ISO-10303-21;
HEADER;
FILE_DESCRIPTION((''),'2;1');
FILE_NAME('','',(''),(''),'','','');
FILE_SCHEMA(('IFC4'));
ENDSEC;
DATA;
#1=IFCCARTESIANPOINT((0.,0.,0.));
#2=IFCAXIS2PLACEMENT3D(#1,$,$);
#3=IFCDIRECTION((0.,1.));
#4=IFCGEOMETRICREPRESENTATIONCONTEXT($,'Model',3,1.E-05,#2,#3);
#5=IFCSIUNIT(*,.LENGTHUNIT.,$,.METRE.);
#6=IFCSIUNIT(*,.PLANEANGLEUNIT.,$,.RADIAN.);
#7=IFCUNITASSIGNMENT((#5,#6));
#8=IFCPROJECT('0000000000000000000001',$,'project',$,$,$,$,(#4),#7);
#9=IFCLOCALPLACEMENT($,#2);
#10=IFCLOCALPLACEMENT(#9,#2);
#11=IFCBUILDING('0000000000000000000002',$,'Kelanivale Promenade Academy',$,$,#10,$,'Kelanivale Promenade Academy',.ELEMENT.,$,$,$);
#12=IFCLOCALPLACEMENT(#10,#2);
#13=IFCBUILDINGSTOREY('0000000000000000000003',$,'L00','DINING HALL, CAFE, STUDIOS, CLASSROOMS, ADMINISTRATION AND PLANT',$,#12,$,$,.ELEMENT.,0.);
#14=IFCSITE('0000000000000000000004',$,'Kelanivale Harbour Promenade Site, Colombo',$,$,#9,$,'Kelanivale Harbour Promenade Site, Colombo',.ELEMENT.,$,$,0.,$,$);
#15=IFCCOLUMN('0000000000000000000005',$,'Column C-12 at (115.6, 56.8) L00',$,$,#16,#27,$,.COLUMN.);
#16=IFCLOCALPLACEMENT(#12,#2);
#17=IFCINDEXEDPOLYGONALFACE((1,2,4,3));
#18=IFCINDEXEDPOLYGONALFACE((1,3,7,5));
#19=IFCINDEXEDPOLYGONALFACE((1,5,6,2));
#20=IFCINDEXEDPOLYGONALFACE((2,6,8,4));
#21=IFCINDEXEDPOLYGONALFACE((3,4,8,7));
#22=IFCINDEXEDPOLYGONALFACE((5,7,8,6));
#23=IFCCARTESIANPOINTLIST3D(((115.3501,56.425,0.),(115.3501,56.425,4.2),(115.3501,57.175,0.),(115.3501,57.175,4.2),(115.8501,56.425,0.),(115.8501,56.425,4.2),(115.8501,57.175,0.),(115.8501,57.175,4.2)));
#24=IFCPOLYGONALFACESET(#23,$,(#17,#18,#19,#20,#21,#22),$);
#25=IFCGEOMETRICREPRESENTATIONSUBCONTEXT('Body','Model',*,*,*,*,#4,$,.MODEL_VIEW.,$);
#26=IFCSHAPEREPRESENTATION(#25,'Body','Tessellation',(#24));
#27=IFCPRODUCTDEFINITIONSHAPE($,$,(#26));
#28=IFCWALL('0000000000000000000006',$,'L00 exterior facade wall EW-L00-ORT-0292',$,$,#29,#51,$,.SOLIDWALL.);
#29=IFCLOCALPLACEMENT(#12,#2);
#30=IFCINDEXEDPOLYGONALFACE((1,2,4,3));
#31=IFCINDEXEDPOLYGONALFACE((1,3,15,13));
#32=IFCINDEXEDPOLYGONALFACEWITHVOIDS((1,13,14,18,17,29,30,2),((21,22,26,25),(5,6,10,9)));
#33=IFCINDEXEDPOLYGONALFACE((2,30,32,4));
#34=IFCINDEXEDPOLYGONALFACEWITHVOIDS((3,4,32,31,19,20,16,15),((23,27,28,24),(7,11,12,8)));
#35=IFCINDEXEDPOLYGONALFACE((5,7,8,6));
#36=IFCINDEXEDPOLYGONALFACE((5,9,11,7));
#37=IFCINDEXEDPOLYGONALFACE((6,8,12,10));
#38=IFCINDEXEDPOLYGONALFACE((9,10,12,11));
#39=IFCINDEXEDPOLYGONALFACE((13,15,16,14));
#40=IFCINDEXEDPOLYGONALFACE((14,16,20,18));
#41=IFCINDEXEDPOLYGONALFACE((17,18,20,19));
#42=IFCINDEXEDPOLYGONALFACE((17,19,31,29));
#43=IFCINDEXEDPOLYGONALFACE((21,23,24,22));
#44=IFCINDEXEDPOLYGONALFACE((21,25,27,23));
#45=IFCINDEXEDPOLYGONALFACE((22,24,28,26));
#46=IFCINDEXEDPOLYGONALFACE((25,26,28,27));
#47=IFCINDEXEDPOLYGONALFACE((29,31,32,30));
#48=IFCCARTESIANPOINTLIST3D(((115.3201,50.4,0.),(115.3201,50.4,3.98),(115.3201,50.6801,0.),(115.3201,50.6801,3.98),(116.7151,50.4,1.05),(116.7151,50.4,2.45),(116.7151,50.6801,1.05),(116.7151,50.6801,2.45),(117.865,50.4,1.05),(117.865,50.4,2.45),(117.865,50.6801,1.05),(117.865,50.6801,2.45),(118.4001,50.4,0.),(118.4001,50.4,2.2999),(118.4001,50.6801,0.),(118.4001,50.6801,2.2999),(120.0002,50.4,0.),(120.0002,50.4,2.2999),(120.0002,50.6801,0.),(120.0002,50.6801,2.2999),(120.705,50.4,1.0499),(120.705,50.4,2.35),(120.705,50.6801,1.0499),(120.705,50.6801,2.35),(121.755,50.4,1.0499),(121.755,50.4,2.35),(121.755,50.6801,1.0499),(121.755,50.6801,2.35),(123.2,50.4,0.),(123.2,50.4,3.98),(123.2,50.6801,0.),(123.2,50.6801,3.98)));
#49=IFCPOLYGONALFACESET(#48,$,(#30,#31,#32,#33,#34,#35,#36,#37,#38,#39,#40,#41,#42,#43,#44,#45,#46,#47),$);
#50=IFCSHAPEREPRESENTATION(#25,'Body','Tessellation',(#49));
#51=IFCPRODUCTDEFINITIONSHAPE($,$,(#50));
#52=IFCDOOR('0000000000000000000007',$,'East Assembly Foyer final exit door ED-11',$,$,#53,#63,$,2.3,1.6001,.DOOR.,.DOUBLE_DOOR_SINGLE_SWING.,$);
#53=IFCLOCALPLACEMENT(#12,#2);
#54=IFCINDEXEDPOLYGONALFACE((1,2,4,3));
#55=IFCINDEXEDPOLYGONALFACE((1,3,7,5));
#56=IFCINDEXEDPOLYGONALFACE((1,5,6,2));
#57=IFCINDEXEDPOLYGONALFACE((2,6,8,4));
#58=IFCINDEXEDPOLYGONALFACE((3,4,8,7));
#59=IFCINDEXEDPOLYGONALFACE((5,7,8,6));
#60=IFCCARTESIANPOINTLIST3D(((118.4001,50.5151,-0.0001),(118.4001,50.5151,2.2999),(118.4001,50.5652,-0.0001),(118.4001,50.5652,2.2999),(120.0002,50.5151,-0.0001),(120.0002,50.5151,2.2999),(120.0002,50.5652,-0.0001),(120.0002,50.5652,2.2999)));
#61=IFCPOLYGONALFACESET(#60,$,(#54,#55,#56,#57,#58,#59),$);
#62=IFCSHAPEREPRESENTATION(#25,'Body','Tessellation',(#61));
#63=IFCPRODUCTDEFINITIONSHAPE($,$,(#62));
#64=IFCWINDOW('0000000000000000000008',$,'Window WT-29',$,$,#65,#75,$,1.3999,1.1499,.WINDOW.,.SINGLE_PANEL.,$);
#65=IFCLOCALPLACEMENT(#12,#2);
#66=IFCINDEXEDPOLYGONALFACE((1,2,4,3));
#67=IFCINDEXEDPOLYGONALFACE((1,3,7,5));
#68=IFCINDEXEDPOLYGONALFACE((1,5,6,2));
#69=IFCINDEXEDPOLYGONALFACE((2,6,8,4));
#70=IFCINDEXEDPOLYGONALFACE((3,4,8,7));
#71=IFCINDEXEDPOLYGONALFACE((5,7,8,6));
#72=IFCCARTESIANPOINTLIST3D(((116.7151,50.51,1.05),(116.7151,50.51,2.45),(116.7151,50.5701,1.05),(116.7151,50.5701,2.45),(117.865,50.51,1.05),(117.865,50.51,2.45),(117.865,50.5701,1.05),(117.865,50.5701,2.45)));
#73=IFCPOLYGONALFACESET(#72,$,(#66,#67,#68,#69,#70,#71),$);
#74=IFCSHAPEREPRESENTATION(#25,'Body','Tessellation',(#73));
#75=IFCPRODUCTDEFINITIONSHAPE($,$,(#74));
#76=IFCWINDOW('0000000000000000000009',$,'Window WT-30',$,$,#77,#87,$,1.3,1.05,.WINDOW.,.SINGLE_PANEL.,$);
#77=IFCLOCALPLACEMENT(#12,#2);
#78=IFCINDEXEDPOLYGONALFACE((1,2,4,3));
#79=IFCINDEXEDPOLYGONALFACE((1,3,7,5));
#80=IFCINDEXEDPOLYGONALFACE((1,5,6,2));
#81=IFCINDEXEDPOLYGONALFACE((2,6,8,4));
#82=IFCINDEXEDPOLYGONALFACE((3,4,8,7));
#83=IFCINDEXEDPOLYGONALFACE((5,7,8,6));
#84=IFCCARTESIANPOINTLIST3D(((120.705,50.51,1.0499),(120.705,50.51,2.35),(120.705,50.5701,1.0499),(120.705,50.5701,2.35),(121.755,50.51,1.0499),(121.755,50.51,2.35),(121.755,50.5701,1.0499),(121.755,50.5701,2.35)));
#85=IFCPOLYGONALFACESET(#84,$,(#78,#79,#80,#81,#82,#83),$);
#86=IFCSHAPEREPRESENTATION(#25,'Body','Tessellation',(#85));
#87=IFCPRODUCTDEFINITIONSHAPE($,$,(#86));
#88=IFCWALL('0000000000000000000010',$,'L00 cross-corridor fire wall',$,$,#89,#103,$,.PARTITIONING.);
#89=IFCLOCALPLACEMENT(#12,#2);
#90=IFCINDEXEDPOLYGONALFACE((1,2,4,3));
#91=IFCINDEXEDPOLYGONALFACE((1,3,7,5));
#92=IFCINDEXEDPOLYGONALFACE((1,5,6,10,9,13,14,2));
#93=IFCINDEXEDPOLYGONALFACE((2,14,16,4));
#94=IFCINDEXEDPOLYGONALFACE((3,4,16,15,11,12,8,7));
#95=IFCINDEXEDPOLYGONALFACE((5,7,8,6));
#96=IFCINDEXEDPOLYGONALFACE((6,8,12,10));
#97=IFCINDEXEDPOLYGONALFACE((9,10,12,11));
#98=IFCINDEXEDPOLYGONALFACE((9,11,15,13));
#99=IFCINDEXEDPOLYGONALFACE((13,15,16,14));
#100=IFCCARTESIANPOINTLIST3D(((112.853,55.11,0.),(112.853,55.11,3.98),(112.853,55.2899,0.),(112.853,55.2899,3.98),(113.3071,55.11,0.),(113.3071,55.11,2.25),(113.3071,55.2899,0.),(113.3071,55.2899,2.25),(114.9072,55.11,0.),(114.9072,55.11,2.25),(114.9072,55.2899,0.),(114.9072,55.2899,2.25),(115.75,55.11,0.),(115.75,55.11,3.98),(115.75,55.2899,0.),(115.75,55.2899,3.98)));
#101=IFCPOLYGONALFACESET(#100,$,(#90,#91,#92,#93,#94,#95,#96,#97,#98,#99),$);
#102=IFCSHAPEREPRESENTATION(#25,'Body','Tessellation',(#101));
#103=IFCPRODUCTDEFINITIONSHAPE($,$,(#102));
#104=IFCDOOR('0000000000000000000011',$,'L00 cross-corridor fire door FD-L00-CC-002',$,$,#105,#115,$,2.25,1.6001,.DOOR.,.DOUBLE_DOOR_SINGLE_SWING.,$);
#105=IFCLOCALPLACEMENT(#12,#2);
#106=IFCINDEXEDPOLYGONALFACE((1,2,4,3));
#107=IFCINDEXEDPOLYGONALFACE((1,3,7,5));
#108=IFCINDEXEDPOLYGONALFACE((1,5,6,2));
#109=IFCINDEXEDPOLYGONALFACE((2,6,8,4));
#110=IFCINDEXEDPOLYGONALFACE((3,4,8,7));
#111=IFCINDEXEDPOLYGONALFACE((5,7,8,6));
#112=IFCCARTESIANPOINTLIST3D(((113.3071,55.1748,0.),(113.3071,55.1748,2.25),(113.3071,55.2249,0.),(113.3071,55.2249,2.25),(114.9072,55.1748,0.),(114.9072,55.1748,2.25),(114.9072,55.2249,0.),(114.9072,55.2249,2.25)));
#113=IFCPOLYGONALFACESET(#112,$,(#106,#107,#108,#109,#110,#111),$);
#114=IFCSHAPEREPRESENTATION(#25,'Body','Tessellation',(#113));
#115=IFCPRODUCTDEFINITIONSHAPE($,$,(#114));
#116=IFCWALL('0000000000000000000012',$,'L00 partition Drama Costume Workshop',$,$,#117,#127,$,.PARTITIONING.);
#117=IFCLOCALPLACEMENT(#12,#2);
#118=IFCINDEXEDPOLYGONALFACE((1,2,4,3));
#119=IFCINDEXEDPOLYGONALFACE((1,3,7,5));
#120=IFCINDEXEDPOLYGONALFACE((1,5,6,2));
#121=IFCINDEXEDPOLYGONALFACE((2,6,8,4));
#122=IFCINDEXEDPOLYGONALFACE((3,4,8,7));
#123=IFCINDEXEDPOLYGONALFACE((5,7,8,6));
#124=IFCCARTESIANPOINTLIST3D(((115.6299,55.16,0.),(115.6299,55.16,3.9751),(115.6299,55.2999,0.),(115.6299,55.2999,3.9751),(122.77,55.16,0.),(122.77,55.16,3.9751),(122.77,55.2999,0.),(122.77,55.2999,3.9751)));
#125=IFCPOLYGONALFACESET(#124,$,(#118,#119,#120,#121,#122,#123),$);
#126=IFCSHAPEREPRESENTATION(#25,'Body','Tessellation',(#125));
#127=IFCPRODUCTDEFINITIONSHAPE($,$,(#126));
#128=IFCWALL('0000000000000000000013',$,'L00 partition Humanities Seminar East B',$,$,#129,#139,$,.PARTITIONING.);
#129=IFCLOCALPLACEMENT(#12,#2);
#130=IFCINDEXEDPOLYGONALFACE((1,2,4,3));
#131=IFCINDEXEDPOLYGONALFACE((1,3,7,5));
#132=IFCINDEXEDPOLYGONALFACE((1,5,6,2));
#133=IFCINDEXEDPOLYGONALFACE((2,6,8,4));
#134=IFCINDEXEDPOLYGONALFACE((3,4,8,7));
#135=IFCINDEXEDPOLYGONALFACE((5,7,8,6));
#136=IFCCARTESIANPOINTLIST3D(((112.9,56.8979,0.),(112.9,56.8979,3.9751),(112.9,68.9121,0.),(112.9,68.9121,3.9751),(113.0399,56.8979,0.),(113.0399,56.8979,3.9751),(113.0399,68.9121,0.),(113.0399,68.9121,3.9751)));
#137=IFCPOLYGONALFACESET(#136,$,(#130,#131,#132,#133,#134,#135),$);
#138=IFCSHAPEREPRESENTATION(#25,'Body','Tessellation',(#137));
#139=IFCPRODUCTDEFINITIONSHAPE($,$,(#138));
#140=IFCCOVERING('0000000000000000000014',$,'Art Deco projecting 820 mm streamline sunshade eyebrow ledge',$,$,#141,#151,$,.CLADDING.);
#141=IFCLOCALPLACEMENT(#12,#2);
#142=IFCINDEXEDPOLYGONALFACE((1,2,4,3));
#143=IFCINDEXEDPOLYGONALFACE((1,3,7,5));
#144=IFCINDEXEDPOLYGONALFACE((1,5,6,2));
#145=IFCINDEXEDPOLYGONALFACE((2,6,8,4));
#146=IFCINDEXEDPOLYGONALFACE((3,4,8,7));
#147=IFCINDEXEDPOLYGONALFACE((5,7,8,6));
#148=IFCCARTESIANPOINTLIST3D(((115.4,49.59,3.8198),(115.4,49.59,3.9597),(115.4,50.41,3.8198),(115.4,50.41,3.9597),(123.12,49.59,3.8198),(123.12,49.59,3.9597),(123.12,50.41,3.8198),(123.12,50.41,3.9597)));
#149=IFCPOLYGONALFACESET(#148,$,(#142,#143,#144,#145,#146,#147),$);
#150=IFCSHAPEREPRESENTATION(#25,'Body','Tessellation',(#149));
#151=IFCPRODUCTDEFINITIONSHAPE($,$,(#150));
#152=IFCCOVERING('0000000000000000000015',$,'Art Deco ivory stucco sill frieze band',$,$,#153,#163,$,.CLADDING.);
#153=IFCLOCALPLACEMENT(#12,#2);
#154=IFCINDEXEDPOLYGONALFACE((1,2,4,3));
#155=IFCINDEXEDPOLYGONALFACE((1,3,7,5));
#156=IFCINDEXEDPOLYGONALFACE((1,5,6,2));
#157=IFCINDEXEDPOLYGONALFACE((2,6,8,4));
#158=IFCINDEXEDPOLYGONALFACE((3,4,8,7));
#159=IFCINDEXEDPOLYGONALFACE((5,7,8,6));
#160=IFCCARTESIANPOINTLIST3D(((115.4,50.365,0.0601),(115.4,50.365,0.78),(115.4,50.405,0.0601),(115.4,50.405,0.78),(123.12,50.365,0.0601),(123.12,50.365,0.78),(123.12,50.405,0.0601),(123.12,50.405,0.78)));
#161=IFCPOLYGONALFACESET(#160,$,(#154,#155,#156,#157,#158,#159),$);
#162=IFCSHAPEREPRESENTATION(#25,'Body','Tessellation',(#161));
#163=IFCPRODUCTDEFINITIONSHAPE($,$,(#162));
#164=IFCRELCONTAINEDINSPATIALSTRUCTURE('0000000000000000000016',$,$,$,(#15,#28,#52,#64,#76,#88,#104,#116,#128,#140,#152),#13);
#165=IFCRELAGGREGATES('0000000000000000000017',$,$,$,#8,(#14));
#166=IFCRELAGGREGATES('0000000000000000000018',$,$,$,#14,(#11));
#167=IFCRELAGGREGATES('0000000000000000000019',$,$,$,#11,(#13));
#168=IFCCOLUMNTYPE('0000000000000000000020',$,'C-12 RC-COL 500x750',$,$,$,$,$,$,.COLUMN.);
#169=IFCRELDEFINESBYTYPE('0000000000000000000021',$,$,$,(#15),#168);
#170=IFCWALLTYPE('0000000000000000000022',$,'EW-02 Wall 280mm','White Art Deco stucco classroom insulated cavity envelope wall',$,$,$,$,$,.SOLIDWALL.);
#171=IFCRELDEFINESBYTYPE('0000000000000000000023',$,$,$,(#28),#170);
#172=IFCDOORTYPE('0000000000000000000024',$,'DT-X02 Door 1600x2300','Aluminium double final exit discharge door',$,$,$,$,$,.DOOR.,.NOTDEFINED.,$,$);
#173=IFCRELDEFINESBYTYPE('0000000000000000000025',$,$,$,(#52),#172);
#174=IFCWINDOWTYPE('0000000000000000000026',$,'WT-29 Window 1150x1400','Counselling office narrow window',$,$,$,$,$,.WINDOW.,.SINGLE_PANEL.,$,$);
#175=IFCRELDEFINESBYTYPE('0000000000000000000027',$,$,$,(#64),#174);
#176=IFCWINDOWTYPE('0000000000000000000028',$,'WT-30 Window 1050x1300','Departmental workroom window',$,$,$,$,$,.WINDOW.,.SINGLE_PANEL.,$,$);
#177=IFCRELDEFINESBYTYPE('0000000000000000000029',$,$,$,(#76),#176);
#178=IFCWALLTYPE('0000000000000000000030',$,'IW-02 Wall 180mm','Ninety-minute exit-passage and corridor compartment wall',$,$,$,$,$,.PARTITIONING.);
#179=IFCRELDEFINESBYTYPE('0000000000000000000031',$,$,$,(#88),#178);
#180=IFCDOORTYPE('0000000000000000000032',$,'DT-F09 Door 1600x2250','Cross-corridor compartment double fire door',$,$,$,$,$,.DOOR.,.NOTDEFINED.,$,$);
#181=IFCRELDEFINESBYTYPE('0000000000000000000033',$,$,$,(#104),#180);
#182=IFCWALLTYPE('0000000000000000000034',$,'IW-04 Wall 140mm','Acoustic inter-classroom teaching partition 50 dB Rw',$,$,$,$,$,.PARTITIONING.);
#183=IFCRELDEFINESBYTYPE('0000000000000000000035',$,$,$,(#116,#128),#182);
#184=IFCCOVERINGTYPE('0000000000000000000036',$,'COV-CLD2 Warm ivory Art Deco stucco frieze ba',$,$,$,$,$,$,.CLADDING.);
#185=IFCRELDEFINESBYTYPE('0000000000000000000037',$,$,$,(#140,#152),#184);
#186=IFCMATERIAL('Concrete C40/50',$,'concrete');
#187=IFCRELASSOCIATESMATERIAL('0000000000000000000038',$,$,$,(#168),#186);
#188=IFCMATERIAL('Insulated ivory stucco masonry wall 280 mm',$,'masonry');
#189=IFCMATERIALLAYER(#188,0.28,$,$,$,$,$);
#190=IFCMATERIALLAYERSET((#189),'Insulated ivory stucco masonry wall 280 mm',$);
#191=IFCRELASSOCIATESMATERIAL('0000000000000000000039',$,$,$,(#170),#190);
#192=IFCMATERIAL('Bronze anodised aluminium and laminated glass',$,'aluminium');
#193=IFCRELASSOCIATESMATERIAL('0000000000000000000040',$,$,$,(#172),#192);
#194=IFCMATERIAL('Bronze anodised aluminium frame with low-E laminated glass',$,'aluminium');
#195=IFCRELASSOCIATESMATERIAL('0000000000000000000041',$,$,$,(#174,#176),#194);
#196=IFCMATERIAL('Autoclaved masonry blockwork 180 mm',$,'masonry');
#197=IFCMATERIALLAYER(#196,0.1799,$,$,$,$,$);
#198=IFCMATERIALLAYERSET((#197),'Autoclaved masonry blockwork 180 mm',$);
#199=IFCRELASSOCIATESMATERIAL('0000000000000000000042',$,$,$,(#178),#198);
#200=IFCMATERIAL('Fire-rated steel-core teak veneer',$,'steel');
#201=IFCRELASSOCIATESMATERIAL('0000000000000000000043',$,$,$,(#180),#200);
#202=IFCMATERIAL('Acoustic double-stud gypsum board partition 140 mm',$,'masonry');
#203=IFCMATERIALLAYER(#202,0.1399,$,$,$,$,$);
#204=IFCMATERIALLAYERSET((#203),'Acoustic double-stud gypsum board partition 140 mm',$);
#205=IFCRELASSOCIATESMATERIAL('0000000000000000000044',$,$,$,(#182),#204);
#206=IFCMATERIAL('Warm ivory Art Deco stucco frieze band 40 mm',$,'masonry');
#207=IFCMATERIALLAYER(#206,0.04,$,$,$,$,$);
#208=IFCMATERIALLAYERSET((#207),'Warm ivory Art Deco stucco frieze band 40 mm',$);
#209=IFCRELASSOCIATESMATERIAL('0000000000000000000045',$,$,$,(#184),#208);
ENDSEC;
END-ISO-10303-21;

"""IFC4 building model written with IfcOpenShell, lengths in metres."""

from ifc_helpers import new_model, si_unit, direction, frame, frame_2d, origin, origin_2d, place, context, subcontext, project, spatial, rectangle, extrude, material, layer, layer_set, material_profile, profile_set, type_object, element, fill, save


model = new_model("IFC4")

# Units and contexts
model_context = context("Model", 3, precision=1e-05, world=origin(), true_north=direction((0.0, 1.0)))
body_context = subcontext(model_context, "Body", "Model", "MODEL_VIEW")
ifc_project = project(units=[si_unit("LENGTHUNIT", "METRE"), si_unit("PLANEANGLEUNIT", "RADIAN")], contexts=[model_context])

# Site, building, storey
site_placement = place(None, origin())
site = spatial("IfcSite", under=ifc_project, at=site_placement, Name="Kelanivale Harbour Promenade Site, Colombo", LongName="Kelanivale Harbour Promenade Site, Colombo", CompositionType="ELEMENT", RefElevation=0.0)
building_placement = place(site_placement, origin())
building = spatial("IfcBuilding", under=site, at=building_placement, Name="Kelanivale Promenade Academy", LongName="Kelanivale Promenade Academy", CompositionType="ELEMENT")
storey_placement = place(building_placement, origin())
storey = spatial("IfcBuildingStorey", under=building, at=storey_placement, Name="L00", Description="DINING HALL, CAFE, STUDIOS, CLASSROOMS, ADMINISTRATION AND PLANT", CompositionType="ELEMENT", Elevation=0.0)

# Column
ifc_material_1 = material(Name="Concrete C40/50", Category="concrete")
ifc_material_profile_1 = material_profile(ifc_material_1, rectangle(XDim=0.5, YDim=0.75, at=origin_2d()), Name="RC-COL 500x750")
ifc_profile_set_1 = profile_set([ifc_material_profile_1], Name="Concrete C40/50")
column_type_1 = type_object("IfcColumnType", Name="C-12 RC-COL 500x750", PredefinedType="COLUMN", material=ifc_profile_set_1)
column_1_placement = place(storey_placement, frame((115.6001, 56.8, 0.0), z_axis=(0.0, 0.0, 1.0), x_axis=(1.0, 0.0, 0.0)))
element("IfcColumn", 1, at=column_1_placement, inside=storey, type_object=column_type_1, Name="Column C-12 at (115.6, 56.8) L00", PredefinedType="COLUMN", context=body_context, shape_type="SweptSolid", body=[
    extrude(rectangle(XDim=0.5, YDim=0.75, at=origin_2d()), origin(), (0.0, 0.0, 1.0), 4.2),
])

# Wall, openings, door, windows
ifc_material_2 = material(Name="Insulated ivory stucco masonry wall 280 mm", Category="masonry")
ifc_layer_1 = layer(ifc_material_2, 0.28)
ifc_layer_set_1 = layer_set([ifc_layer_1], Name="Insulated ivory stucco masonry wall 280 mm")
wall_type_1 = type_object("IfcWallType", Name="EW-02 Wall 280mm", Description="White Art Deco stucco classroom insulated cavity envelope wall", PredefinedType="SOLIDWALL", material=ifc_layer_set_1)
wall_1_placement = place(storey_placement, frame((115.3201, 50.54, 0.0), z_axis=(0.0, 0.0, 1.0), x_axis=(1.0, 0.0, 0.0)))
wall_1 = element("IfcWall", 2, at=wall_1_placement, inside=storey, type_object=wall_type_1, Name="L00 exterior facade wall EW-L00-ORT-0292", PredefinedType="SOLIDWALL", context=body_context, shape_type="SweptSolid", body=[
    extrude(rectangle(XDim=7.8799, YDim=0.28, at=frame_2d((3.9399, 0.0))), origin(), (0.0, 0.0, 1.0), 3.98),
])
opening_1_placement = place(wall_1_placement, frame((3.0801, 0.0, 0.0)))
opening_1 = element("IfcOpeningElement", 3, at=opening_1_placement, cuts=wall_1, PredefinedType="OPENING", context=body_context, shape_type="SweptSolid", body=[
    extrude(rectangle(XDim=1.6001, YDim=2.3, at=frame_2d((0.8, 1.1499))), frame((0.0, 0.1499, 0.0), z_axis=(0.0, -1.0, 0.0), x_axis=(1.0, 0.0, 0.0)), (0.0, 0.0, 1.0), 0.3),
])
opening_2_placement = place(wall_1_placement, frame((1.395, 0.0, 1.05)))
opening_2 = element("IfcOpeningElement", 4, at=opening_2_placement, cuts=wall_1, PredefinedType="OPENING", context=body_context, shape_type="SweptSolid", body=[
    extrude(rectangle(XDim=1.1499, YDim=1.3999, at=frame_2d((0.575, 0.7))), frame((0.0, 0.1499, 0.0), z_axis=(0.0, -1.0, 0.0), x_axis=(1.0, 0.0, 0.0)), (0.0, 0.0, 1.0), 0.3),
])
opening_3_placement = place(wall_1_placement, frame((5.385, 0.0, 1.05)))
opening_3 = element("IfcOpeningElement", 5, at=opening_3_placement, cuts=wall_1, PredefinedType="OPENING", context=body_context, shape_type="SweptSolid", body=[
    extrude(rectangle(XDim=1.05, YDim=1.3, at=frame_2d((0.5249, 0.6499))), frame((0.0, 0.1499, 0.0), z_axis=(0.0, -1.0, 0.0), x_axis=(1.0, 0.0, 0.0)), (0.0, 0.0, 1.0), 0.3),
])
ifc_material_3 = material(Name="Bronze anodised aluminium and laminated glass", Category="aluminium")
door_type_1 = type_object("IfcDoorType", Name="DT-X02 Door 1600x2300", Description="Aluminium double final exit discharge door", OperationType="NOTDEFINED", PredefinedType="DOOR", material=ifc_material_3)
door_1_placement = place(opening_1_placement, frame((1.6001, 0.0, 0.0), z_axis=(0.0, 0.0, 1.0), x_axis=(-1.0, 0.0, 0.0)))
door_1 = element("IfcDoor", 6, at=door_1_placement, inside=storey, type_object=door_type_1, Name="East Assembly Foyer final exit door ED-11", OperationType="DOUBLE_DOOR_SINGLE_SWING", OverallHeight=2.3, OverallWidth=1.6001, PredefinedType="DOOR", context=body_context, shape_type="SweptSolid", body=[
    extrude(rectangle(XDim=1.6001, YDim=2.3, at=frame_2d((0.8, 1.1499))), frame((0.0, 0.0249, 0.0), z_axis=(0.0, -1.0, 0.0), x_axis=(1.0, 0.0, 0.0)), (0.0, 0.0, 1.0), 0.05),
])
fill(opening_1, door_1)
ifc_material_4 = material(Name="Bronze anodised aluminium frame with low-E laminated glass", Category="aluminium")
window_type_1 = type_object("IfcWindowType", Name="WT-29 Window 1150x1400", Description="Counselling office narrow window", PartitioningType="SINGLE_PANEL", PredefinedType="WINDOW", material=ifc_material_4)
window_1_placement = place(opening_2_placement, origin())
window_1 = element("IfcWindow", 7, at=window_1_placement, inside=storey, type_object=window_type_1, Name="Window WT-29", OverallHeight=1.3999, OverallWidth=1.1499, PartitioningType="SINGLE_PANEL", PredefinedType="WINDOW", context=body_context, shape_type="SweptSolid", body=[
    extrude(rectangle(XDim=1.1499, YDim=1.3999, at=frame_2d((0.575, 0.7))), frame((0.0, 0.03, 0.0), z_axis=(0.0, -1.0, 0.0), x_axis=(1.0, 0.0, 0.0)), (0.0, 0.0, 1.0), 0.0601),
])
fill(opening_2, window_1)
window_type_2 = type_object("IfcWindowType", Name="WT-30 Window 1050x1300", Description="Departmental workroom window", PartitioningType="SINGLE_PANEL", PredefinedType="WINDOW", material=ifc_material_4)
window_2_placement = place(opening_3_placement, origin())
window_2 = element("IfcWindow", 8, at=window_2_placement, inside=storey, type_object=window_type_2, Name="Window WT-30", OverallHeight=1.3, OverallWidth=1.05, PartitioningType="SINGLE_PANEL", PredefinedType="WINDOW", context=body_context, shape_type="SweptSolid", body=[
    extrude(rectangle(XDim=1.05, YDim=1.3, at=frame_2d((0.5249, 0.6499))), frame((0.0, 0.03, 0.0), z_axis=(0.0, -1.0, 0.0), x_axis=(1.0, 0.0, 0.0)), (0.0, 0.0, 1.0), 0.0601),
])
fill(opening_3, window_2)

# Wall, opening, door
ifc_material_5 = material(Name="Autoclaved masonry blockwork 180 mm", Category="masonry")
ifc_layer_2 = layer(ifc_material_5, 0.1799)
ifc_layer_set_2 = layer_set([ifc_layer_2], Name="Autoclaved masonry blockwork 180 mm")
wall_type_2 = type_object("IfcWallType", Name="IW-02 Wall 180mm", Description="Ninety-minute exit-passage and corridor compartment wall", PredefinedType="PARTITIONING", material=ifc_layer_set_2)
wall_2_placement = place(storey_placement, frame((112.853, 55.2, 0.0), z_axis=(0.0, 0.0, 1.0), x_axis=(1.0, 0.0, 0.0)))
wall_2 = element("IfcWall", 9, at=wall_2_placement, inside=storey, type_object=wall_type_2, Name="L00 cross-corridor fire wall", PredefinedType="PARTITIONING", context=body_context, shape_type="SweptSolid", body=[
    extrude(rectangle(XDim=2.897, YDim=0.1799, at=frame_2d((1.4485, 0.0))), origin(), (0.0, 0.0, 1.0), 3.98),
])
opening_4_placement = place(wall_2_placement, frame((0.4541, 0.0, 0.0)))
opening_4 = element("IfcOpeningElement", 10, at=opening_4_placement, cuts=wall_2, PredefinedType="OPENING", context=body_context, shape_type="SweptSolid", body=[
    extrude(rectangle(XDim=1.6001, YDim=2.25, at=frame_2d((0.8, 1.125))), frame((0.0, 0.1001, 0.0), z_axis=(0.0, -1.0, 0.0), x_axis=(1.0, 0.0, 0.0)), (0.0, 0.0, 1.0), 0.2),
])
ifc_material_6 = material(Name="Fire-rated steel-core teak veneer", Category="steel")
door_type_2 = type_object("IfcDoorType", Name="DT-F09 Door 1600x2250", Description="Cross-corridor compartment double fire door", OperationType="NOTDEFINED", PredefinedType="DOOR", material=ifc_material_6)
door_2_placement = place(opening_4_placement, origin())
door_2 = element("IfcDoor", 11, at=door_2_placement, inside=storey, type_object=door_type_2, Name="L00 cross-corridor fire door FD-L00-CC-002", OperationType="DOUBLE_DOOR_SINGLE_SWING", OverallHeight=2.25, OverallWidth=1.6001, PredefinedType="DOOR", context=body_context, shape_type="SweptSolid", body=[
    extrude(rectangle(XDim=1.6001, YDim=2.25, at=frame_2d((0.8, 1.125))), frame((0.0, 0.0249, 0.0), z_axis=(0.0, -1.0, 0.0), x_axis=(1.0, 0.0, 0.0)), (0.0, 0.0, 1.0), 0.05),
])
fill(opening_4, door_2)

# Walls
ifc_material_7 = material(Name="Acoustic double-stud gypsum board partition 140 mm", Category="masonry")
ifc_layer_3 = layer(ifc_material_7, 0.1399)
ifc_layer_set_3 = layer_set([ifc_layer_3], Name="Acoustic double-stud gypsum board partition 140 mm")
wall_type_3 = type_object("IfcWallType", Name="IW-04 Wall 140mm", Description="Acoustic inter-classroom teaching partition 50 dB Rw", PredefinedType="PARTITIONING", material=ifc_layer_set_3)
wall_3_placement = place(storey_placement, frame((115.6299, 55.23, 0.0), z_axis=(0.0, 0.0, 1.0), x_axis=(1.0, 0.0, 0.0)))
element("IfcWall", 12, at=wall_3_placement, inside=storey, type_object=wall_type_3, Name="L00 partition Drama Costume Workshop", PredefinedType="PARTITIONING", context=body_context, shape_type="SweptSolid", body=[
    extrude(rectangle(XDim=7.1401, YDim=0.1399, at=frame_2d((3.5701, 0.0))), origin(), (0.0, 0.0, 1.0), 3.9751),
])
wall_4_placement = place(storey_placement, frame((112.97, 56.8979, 0.0), z_axis=(0.0, 0.0, 1.0), x_axis=(0.0, 1.0, 0.0)))
element("IfcWall", 13, at=wall_4_placement, inside=storey, type_object=wall_type_3, Name="L00 partition Humanities Seminar East B", PredefinedType="PARTITIONING", context=body_context, shape_type="SweptSolid", body=[
    extrude(rectangle(XDim=12.0142, YDim=0.1399, at=frame_2d((6.0071, 0.0))), origin(), (0.0, 0.0, 1.0), 3.9751),
])

# Coverings
ifc_material_8 = material(Name="Warm ivory Art Deco stucco frieze band 40 mm", Category="masonry")
ifc_layer_4 = layer(ifc_material_8, 0.04)
ifc_layer_set_4 = layer_set([ifc_layer_4], Name="Warm ivory Art Deco stucco frieze band 40 mm")
covering_type = type_object("IfcCoveringType", Name="COV-CLD2 Warm ivory Art Deco stucco frieze ba", PredefinedType="CLADDING", material=ifc_layer_set_4)
covering_1_placement = place(storey_placement, frame((119.26, 50.0, 3.8198), z_axis=(0.0, 0.0, 1.0), x_axis=(1.0, 0.0, 0.0)))
element("IfcCovering", 14, at=covering_1_placement, inside=storey, type_object=covering_type, Name="Art Deco projecting 820 mm streamline sunshade eyebrow ledge", PredefinedType="CLADDING", context=body_context, shape_type="SweptSolid", body=[
    extrude(rectangle(XDim=7.72, YDim=0.8201, at=origin_2d()), origin(), (0.0, 0.0, 1.0), 0.1399),
])
covering_2_placement = place(storey_placement, frame((119.26, 50.385, 0.0601), z_axis=(0.0, 0.0, 1.0), x_axis=(1.0, 0.0, 0.0)))
element("IfcCovering", 15, at=covering_2_placement, inside=storey, type_object=covering_type, Name="Art Deco ivory stucco sill frieze band", PredefinedType="CLADDING", context=body_context, shape_type="SweptSolid", body=[
    extrude(rectangle(XDim=7.72, YDim=0.04, at=origin_2d()), origin(), (0.0, 0.0, 1.0), 0.72),
])

save(model, "model.ifc")
